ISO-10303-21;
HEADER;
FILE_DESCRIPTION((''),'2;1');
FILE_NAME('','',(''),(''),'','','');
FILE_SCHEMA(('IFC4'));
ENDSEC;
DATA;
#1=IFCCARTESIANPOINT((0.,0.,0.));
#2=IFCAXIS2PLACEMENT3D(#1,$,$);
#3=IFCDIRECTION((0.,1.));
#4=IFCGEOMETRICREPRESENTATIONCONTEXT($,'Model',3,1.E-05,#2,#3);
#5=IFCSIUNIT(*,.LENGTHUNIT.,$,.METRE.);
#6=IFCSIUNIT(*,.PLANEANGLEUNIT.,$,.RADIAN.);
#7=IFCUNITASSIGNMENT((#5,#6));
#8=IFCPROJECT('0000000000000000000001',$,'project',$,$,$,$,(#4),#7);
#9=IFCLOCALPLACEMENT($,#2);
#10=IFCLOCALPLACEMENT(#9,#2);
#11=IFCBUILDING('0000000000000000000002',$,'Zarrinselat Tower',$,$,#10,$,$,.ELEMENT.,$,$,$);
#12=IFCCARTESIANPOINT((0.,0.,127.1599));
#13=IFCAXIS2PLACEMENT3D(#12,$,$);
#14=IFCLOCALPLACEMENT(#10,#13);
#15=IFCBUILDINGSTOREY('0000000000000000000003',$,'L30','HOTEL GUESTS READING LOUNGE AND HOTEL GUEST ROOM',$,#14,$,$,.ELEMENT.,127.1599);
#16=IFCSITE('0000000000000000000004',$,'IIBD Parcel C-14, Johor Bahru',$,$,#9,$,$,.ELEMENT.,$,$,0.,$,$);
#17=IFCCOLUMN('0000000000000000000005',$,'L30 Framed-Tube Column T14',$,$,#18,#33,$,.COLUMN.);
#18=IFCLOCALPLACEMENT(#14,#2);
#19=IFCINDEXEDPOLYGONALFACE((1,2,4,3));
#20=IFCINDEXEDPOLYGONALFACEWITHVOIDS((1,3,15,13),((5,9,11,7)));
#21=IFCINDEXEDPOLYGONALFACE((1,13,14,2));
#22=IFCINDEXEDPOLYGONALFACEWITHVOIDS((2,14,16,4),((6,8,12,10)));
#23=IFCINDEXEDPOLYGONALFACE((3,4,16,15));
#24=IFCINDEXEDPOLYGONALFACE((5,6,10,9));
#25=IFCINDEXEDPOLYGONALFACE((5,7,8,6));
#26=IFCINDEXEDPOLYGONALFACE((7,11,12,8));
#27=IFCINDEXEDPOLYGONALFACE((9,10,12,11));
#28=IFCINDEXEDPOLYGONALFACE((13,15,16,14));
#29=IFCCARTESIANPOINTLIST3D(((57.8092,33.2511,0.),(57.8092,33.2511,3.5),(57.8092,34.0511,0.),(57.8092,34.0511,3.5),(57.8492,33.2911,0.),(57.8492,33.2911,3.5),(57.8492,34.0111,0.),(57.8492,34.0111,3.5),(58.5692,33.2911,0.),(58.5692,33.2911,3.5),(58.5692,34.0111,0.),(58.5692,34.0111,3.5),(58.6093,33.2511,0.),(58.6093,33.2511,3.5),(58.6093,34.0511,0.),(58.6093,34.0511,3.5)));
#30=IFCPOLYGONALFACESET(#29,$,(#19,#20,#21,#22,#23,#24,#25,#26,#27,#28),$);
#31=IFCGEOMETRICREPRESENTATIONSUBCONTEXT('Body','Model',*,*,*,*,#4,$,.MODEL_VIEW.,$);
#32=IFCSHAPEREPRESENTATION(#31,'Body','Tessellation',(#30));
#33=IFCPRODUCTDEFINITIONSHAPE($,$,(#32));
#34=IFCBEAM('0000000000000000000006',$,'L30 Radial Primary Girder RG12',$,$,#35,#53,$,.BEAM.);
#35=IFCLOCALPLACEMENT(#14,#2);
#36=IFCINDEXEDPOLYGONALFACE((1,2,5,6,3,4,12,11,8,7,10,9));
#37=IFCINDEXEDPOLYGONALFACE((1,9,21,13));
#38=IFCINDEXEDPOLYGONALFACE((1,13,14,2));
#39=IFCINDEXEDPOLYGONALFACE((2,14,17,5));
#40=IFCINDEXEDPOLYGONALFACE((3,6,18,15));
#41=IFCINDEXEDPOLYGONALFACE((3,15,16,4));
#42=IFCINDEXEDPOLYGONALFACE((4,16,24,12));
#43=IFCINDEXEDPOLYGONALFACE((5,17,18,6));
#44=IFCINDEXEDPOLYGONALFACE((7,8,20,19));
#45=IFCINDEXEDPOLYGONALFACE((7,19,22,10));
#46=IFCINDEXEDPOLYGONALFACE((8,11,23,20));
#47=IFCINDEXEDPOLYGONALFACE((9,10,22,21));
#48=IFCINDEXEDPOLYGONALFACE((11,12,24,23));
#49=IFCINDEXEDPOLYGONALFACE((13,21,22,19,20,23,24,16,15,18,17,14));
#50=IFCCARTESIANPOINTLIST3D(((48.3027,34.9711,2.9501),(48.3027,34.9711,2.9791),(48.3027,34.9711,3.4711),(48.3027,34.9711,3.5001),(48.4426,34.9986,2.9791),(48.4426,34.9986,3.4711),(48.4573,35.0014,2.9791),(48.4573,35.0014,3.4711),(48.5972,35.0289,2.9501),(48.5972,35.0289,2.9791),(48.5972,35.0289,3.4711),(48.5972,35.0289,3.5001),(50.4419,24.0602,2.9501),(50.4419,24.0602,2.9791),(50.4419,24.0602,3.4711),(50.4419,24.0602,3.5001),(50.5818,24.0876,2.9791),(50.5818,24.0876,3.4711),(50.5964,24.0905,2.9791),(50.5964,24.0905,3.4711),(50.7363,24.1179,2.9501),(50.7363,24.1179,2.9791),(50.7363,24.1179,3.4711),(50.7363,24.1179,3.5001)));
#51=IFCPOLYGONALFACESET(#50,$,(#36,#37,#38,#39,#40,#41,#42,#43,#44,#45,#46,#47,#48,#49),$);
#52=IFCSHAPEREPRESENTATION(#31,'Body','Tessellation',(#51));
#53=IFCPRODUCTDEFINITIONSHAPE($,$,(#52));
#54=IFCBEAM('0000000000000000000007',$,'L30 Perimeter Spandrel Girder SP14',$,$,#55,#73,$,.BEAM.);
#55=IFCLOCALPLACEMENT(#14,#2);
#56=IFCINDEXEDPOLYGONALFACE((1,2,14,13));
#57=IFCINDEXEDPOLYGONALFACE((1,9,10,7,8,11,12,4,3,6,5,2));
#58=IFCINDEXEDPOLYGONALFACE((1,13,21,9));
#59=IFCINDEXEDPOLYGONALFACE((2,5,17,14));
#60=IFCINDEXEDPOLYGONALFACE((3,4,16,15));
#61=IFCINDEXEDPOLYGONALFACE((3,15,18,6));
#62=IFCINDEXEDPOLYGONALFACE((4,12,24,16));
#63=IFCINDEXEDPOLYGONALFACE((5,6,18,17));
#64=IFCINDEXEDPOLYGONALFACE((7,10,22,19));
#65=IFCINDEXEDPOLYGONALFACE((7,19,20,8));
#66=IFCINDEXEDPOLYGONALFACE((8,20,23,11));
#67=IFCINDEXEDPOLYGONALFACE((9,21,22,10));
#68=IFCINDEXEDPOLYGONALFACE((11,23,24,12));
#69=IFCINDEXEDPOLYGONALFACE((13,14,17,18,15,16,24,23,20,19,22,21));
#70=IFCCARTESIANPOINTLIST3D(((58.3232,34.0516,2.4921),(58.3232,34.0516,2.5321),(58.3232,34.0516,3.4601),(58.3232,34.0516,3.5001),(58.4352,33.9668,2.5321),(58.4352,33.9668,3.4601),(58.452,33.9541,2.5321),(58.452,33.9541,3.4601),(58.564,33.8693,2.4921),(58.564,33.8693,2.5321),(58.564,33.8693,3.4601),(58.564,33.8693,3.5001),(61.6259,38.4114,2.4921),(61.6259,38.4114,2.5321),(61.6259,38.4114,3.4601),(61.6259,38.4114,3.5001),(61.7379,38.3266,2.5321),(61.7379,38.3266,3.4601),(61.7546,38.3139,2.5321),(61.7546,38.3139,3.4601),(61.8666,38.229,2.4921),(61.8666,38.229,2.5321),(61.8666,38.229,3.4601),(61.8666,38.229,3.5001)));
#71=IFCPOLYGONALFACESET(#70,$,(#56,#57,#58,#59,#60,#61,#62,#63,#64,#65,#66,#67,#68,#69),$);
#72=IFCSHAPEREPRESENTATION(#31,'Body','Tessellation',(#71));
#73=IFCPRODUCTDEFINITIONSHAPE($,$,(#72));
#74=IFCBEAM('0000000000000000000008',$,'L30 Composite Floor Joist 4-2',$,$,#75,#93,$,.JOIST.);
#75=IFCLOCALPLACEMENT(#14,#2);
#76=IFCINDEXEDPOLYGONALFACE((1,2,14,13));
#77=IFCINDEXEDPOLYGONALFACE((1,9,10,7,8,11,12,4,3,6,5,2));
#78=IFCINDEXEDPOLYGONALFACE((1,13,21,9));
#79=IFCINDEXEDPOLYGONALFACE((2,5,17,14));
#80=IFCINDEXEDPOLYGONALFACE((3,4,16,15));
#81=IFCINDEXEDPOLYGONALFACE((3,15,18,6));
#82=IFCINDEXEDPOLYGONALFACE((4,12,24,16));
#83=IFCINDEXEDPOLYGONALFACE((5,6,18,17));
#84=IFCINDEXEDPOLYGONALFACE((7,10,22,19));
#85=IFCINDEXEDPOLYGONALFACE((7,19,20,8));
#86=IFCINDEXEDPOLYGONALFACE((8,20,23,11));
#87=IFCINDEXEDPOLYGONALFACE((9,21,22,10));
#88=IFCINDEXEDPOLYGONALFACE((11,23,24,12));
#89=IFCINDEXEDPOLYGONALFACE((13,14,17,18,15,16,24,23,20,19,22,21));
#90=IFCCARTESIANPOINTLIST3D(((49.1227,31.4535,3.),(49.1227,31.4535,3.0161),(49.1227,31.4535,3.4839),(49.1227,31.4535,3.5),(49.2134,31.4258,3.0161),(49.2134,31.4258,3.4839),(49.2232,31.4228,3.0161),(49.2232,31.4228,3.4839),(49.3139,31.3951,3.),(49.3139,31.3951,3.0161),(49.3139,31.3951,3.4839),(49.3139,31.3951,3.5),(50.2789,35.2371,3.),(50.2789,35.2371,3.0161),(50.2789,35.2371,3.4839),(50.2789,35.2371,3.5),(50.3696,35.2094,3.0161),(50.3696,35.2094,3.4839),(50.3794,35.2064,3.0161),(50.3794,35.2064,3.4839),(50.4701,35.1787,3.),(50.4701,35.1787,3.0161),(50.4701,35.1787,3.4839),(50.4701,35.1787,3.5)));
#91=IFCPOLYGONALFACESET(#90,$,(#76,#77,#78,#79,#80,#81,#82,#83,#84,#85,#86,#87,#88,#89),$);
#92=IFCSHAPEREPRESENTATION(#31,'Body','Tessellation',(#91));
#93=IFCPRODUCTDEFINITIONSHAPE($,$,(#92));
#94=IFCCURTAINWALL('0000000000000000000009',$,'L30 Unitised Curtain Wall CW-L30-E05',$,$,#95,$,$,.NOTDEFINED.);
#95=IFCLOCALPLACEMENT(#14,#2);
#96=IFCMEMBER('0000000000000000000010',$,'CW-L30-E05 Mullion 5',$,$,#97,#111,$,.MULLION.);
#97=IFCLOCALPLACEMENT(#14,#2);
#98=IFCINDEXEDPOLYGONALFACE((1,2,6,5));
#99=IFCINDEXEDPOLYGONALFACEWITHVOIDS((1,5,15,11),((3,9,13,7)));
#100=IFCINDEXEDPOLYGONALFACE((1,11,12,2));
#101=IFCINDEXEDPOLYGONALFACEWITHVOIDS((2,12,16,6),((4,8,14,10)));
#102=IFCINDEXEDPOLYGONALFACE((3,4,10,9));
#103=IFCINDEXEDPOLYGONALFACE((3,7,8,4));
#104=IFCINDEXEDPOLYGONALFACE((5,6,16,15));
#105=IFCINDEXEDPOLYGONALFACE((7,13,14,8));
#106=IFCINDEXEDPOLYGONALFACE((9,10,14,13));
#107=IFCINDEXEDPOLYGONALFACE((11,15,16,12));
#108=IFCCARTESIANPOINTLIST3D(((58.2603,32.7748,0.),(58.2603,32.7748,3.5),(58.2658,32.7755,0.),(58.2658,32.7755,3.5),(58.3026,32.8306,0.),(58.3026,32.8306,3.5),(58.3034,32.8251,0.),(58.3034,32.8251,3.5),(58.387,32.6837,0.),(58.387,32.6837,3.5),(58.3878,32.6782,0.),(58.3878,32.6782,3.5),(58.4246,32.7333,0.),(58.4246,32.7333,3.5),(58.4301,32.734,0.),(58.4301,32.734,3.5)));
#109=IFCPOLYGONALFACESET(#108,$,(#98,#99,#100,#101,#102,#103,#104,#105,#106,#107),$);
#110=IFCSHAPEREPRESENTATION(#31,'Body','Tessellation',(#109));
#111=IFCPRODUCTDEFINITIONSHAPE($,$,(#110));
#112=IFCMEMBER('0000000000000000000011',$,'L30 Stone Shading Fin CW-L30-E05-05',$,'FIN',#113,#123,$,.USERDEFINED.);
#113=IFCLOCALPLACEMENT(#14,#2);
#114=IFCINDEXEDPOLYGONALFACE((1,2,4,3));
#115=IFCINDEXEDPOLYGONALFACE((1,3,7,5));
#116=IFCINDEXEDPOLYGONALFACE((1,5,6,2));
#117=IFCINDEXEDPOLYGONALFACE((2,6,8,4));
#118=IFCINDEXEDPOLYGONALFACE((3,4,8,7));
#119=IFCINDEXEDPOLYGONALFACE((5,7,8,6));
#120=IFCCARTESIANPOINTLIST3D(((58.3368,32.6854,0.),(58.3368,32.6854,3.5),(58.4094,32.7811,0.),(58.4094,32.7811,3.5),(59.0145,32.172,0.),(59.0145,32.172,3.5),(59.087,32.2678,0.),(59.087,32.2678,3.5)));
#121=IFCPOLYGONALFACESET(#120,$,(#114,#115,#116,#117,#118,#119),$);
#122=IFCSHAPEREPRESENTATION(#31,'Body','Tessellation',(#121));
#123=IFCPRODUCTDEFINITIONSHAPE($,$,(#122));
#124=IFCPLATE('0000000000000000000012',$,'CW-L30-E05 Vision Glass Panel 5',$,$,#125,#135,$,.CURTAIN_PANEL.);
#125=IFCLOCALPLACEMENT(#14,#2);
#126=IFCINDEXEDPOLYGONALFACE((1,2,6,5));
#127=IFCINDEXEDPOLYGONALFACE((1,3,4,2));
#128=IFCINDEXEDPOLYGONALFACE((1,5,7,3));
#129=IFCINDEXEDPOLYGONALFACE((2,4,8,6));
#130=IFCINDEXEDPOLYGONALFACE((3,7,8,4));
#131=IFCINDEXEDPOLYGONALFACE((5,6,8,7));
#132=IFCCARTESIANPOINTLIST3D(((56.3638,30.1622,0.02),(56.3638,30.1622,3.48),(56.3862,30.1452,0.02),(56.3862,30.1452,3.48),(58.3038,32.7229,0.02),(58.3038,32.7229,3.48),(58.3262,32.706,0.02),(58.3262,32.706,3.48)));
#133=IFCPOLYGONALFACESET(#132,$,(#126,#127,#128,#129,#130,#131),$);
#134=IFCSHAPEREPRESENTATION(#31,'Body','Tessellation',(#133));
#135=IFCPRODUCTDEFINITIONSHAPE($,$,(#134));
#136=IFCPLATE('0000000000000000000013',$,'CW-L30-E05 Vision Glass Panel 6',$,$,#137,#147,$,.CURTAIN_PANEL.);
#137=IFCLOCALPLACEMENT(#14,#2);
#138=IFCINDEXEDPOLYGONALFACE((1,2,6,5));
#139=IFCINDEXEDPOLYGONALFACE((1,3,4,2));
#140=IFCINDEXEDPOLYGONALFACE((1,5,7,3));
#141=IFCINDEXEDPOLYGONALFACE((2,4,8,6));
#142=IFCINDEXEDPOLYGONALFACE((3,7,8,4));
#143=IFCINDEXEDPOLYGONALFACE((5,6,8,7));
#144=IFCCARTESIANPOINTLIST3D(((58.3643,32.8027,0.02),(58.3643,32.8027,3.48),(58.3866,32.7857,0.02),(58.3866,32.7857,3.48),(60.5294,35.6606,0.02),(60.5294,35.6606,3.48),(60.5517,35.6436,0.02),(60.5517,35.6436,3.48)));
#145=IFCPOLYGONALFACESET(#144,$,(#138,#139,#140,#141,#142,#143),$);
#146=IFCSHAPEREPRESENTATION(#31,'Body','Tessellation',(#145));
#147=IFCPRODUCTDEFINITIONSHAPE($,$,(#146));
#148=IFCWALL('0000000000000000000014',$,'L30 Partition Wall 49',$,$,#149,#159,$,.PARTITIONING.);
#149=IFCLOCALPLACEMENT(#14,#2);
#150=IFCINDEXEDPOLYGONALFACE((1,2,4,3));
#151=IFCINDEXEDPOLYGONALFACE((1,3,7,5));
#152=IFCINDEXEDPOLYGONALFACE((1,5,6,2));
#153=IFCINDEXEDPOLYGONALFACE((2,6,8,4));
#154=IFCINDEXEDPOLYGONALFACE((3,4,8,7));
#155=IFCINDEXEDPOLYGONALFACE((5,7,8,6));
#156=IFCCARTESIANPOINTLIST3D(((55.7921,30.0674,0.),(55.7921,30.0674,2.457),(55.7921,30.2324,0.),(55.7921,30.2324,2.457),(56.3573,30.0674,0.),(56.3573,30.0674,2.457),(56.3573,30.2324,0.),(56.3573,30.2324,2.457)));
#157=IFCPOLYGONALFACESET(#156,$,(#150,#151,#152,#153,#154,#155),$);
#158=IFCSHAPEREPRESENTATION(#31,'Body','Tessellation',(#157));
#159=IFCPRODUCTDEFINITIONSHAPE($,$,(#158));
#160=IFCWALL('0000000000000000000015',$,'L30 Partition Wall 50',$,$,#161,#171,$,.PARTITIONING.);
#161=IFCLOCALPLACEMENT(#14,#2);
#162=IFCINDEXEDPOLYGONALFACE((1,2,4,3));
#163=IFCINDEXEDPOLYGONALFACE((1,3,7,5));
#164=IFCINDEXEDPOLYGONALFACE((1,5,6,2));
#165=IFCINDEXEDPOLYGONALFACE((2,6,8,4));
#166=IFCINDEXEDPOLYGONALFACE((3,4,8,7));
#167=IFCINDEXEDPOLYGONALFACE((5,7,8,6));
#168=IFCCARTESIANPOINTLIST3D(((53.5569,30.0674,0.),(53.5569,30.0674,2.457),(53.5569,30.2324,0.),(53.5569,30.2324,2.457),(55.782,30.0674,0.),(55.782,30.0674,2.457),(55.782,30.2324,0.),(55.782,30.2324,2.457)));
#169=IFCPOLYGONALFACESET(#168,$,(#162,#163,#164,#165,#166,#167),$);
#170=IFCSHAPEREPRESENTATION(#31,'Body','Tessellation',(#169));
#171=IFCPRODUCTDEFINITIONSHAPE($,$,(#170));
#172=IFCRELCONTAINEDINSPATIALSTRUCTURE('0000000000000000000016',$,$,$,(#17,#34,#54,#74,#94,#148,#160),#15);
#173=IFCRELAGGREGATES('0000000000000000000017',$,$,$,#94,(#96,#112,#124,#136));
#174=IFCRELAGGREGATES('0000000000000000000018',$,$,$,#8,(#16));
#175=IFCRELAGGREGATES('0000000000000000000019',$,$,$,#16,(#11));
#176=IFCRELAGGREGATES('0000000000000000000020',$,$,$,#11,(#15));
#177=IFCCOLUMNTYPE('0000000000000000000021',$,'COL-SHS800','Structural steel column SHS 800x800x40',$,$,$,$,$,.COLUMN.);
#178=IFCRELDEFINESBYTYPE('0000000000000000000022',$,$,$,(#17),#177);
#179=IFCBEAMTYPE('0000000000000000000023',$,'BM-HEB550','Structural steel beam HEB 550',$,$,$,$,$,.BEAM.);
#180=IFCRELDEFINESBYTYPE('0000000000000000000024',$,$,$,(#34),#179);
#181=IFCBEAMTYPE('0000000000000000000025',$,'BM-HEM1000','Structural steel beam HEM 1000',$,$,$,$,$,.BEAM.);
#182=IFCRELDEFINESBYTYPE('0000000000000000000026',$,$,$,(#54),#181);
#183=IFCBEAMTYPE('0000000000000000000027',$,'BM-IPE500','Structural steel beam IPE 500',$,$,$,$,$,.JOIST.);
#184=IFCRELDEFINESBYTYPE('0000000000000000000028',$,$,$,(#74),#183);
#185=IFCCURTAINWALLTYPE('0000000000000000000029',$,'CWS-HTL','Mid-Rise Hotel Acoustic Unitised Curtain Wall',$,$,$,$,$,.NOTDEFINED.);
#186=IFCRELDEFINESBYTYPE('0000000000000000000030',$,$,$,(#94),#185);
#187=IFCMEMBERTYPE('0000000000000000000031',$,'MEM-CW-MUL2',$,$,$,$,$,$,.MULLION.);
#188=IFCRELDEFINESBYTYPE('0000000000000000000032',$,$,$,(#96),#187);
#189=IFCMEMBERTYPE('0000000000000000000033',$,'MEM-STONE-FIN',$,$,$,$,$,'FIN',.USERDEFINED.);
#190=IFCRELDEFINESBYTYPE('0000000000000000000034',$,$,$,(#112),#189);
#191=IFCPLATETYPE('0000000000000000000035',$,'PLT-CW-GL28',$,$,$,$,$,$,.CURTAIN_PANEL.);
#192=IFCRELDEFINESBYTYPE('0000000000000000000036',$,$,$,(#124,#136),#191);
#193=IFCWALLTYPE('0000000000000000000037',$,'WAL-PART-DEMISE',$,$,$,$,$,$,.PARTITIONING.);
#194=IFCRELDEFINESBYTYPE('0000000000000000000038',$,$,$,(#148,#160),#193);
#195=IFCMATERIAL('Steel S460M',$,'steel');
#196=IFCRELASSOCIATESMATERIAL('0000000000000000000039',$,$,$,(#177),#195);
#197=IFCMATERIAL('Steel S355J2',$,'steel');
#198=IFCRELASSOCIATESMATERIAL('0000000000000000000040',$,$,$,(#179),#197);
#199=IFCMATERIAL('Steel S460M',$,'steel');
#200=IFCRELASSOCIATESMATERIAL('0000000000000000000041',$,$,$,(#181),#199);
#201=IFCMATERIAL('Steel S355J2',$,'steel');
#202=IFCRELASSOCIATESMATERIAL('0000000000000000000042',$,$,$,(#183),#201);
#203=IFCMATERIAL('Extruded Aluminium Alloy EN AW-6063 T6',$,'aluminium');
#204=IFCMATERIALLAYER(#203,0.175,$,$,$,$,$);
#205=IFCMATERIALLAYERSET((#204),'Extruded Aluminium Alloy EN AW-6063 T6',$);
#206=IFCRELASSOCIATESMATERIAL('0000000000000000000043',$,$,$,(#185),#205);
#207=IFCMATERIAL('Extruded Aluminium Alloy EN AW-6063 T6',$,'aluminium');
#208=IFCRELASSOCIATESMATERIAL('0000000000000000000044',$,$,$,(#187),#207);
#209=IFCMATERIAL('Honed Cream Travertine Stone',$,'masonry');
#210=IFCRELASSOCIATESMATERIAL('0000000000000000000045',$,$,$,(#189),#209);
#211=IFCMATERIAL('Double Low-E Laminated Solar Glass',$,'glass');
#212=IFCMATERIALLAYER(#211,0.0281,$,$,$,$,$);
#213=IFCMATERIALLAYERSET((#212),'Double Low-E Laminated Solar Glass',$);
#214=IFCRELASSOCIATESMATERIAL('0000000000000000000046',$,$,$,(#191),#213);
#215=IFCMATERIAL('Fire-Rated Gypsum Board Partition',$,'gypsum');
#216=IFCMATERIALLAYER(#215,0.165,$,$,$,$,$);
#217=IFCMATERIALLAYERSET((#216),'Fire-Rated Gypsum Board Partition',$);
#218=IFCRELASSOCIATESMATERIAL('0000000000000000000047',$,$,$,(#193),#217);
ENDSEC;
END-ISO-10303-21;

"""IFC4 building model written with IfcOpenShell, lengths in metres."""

from ifc_helpers import new_model, si_unit, direction, frame, frame_2d, origin, origin_2d, place, context, subcontext, project, spatial, rectangle, hollow_rectangle, i_section, extrude, material, layer, layer_set, material_profile, profile_set, type_object, element, aggregate, save


model = new_model("IFC4")

# Units and contexts
model_context = context("Model", 3, precision=1e-05, world=origin(), true_north=direction((0.0, 1.0)))
body_context = subcontext(model_context, "Body", "Model", "MODEL_VIEW")
ifc_project = project(units=[si_unit("LENGTHUNIT", "METRE"), si_unit("PLANEANGLEUNIT", "RADIAN")], contexts=[model_context])

# Site, building, storey
site_placement = place(None, origin())
site = spatial("IfcSite", under=ifc_project, at=site_placement, Name="IIBD Parcel C-14, Johor Bahru", CompositionType="ELEMENT", RefElevation=0.0)
building_placement = place(site_placement, origin())
building = spatial("IfcBuilding", under=site, at=building_placement, Name="Zarrinselat Tower", CompositionType="ELEMENT")
storey_placement = place(building_placement, frame((0.0, 0.0, 127.1599)))
storey = spatial("IfcBuildingStorey", under=building, at=storey_placement, Name="L30", Description="HOTEL GUESTS READING LOUNGE AND HOTEL GUEST ROOM", CompositionType="ELEMENT", Elevation=127.1599)

# Column
ifc_material_1 = material(Name="Steel S460M", Category="steel")
ifc_material_profile_1 = material_profile(ifc_material_1, hollow_rectangle(XDim=0.8, YDim=0.8, WallThickness=0.04, at=origin_2d()), Name="SHS 800x800x40")
ifc_profile_set_1 = profile_set([ifc_material_profile_1], Name="Steel S460M")
column_type = type_object("IfcColumnType", Name="COL-SHS800", Description="Structural steel column SHS 800x800x40", PredefinedType="COLUMN", material=ifc_profile_set_1)
column_placement = place(storey_placement, frame((58.2092, 33.6511, 0.0), z_axis=(0.0, 0.0, 1.0), x_axis=(1.0, 0.0, 0.0)))
element("IfcColumn", 1, at=column_placement, inside=storey, type_object=column_type, Name="L30 Framed-Tube Column T14", PredefinedType="COLUMN", context=body_context, shape_type="SweptSolid", body=[
    extrude(hollow_rectangle(XDim=0.8, YDim=0.8, WallThickness=0.04, at=origin_2d()), origin(), (0.0, 0.0, 1.0), 3.5),
])

# Beams
ifc_material_2 = material(Name="Steel S355J2", Category="steel")
ifc_material_profile_2 = material_profile(ifc_material_2, i_section(OverallWidth=0.3, OverallDepth=0.55, WebThickness=0.0149, FlangeThickness=0.0291, at=origin_2d()), Name="HEB 550")
ifc_profile_set_2 = profile_set([ifc_material_profile_2], Name="Steel S355J2")
beam_type_1 = type_object("IfcBeamType", Name="BM-HEB550", Description="Structural steel beam HEB 550", PredefinedType="BEAM", material=ifc_profile_set_2)
beam_1_placement = place(storey_placement, frame((48.45, 35.0, 3.2251), z_axis=(0.192395, -0.981318, 0.0), x_axis=(0.981318, 0.192395, 0.0)))
element("IfcBeam", 2, at=beam_1_placement, inside=storey, type_object=beam_type_1, Name="L30 Radial Primary Girder RG12", PredefinedType="BEAM", context=body_context, shape_type="SweptSolid", body=[
    extrude(i_section(OverallWidth=0.3, OverallDepth=0.55, WebThickness=0.0149, FlangeThickness=0.0291, at=origin_2d()), origin(), (0.0, 0.0, 1.0), 11.1187),
])
ifc_material_3 = material(Name="Steel S460M", Category="steel")
ifc_material_profile_3 = material_profile(ifc_material_3, i_section(OverallWidth=0.302, OverallDepth=1.0081, WebThickness=0.021, FlangeThickness=0.04, at=origin_2d()), Name="HEM 1000")
ifc_profile_set_3 = profile_set([ifc_material_profile_3], Name="Steel S460M")
beam_type_2 = type_object("IfcBeamType", Name="BM-HEM1000", Description="Structural steel beam HEM 1000", PredefinedType="BEAM", material=ifc_profile_set_3)
beam_2_placement = place(storey_placement, frame((58.4436, 33.9604, 2.9961), z_axis=(0.603835, 0.797109, 0.0), x_axis=(-0.797109, 0.603835, 0.0)))
element("IfcBeam", 3, at=beam_2_placement, inside=storey, type_object=beam_type_2, Name="L30 Perimeter Spandrel Girder SP14", PredefinedType="BEAM", context=body_context, shape_type="SweptSolid", body=[
    extrude(i_section(OverallWidth=0.302, OverallDepth=1.0081, WebThickness=0.021, FlangeThickness=0.04, at=origin_2d()), origin(), (0.0, 0.0, 1.0), 5.4695),
])
ifc_material_4 = material(Name="Steel S355J2", Category="steel")
ifc_material_profile_4 = material_profile(ifc_material_4, i_section(OverallWidth=0.2, OverallDepth=0.5, WebThickness=0.0103, FlangeThickness=0.0161, at=origin_2d()), Name="IPE 500")
ifc_profile_set_4 = profile_set([ifc_material_profile_4], Name="Steel S355J2")
beam_type_3 = type_object("IfcBeamType", Name="BM-IPE500", Description="Structural steel beam IPE 500", PredefinedType="JOIST", material=ifc_profile_set_4)
beam_3_placement = place(storey_placement, frame((49.2183, 31.4243, 3.25), z_axis=(0.292247, 0.956343, 0.0), x_axis=(-0.956343, 0.292247, 0.0)))
element("IfcBeam", 4, at=beam_3_placement, inside=storey, type_object=beam_type_3, Name="L30 Composite Floor Joist 4-2", PredefinedType="JOIST", context=body_context, shape_type="SweptSolid", body=[
    extrude(i_section(OverallWidth=0.2, OverallDepth=0.5, WebThickness=0.0103, FlangeThickness=0.0161, at=origin_2d()), origin(), (0.0, 0.0, 1.0), 3.9563),
])

# Curtain wall, members, plates
ifc_material_5 = material(Name="Extruded Aluminium Alloy EN AW-6063 T6", Category="aluminium")
ifc_layer_1 = layer(ifc_material_5, 0.175)
ifc_layer_set_1 = layer_set([ifc_layer_1], Name="Extruded Aluminium Alloy EN AW-6063 T6")
curtain_wall_type = type_object("IfcCurtainWallType", Name="CWS-HTL", Description="Mid-Rise Hotel Acoustic Unitised Curtain Wall", PredefinedType="NOTDEFINED", material=ifc_layer_set_1)
curtain_wall_placement = place(storey_placement, origin())
curtain_wall = element("IfcCurtainWall", 5, at=curtain_wall_placement, inside=storey, type_object=curtain_wall_type, Name="L30 Unitised Curtain Wall CW-L30-E05", PredefinedType="NOTDEFINED")
ifc_material_6 = material(Name="Extruded Aluminium Alloy EN AW-6063 T6", Category="aluminium")
ifc_material_profile_5 = material_profile(ifc_material_6, hollow_rectangle(XDim=0.0701, YDim=0.1599, WallThickness=0.0039, at=origin_2d()), Name="RHS 160x70x4")
ifc_profile_set_5 = profile_set([ifc_material_profile_5], Name="Extruded Aluminium Alloy EN AW-6063 T6")
member_type_1 = type_object("IfcMemberType", Name="MEM-CW-MUL2", PredefinedType="MULLION", material=ifc_profile_set_5)
member_1_placement = place(storey_placement, frame((58.3452, 32.7544, 0.0), z_axis=(0.0, 0.0, 1.0), x_axis=(0.603858, 0.797092, 0.0)))
member_1 = element("IfcMember", 6, at=member_1_placement, type_object=member_type_1, Name="CW-L30-E05 Mullion 5", PredefinedType="MULLION", context=body_context, shape_type="SweptSolid", body=[
    extrude(hollow_rectangle(XDim=0.0701, YDim=0.1599, WallThickness=0.0039, at=origin_2d()), origin(), (0.0, 0.0, 1.0), 3.5),
])
ifc_material_7 = material(Name="Honed Cream Travertine Stone", Category="masonry")
ifc_material_profile_6 = material_profile(ifc_material_7, rectangle(XDim=0.1201, YDim=0.8501, at=origin_2d()), Name="FIN 850x120")
ifc_profile_set_6 = profile_set([ifc_material_profile_6], Name="Honed Cream Travertine Stone")
member_type_2 = type_object("IfcMemberType", Name="MEM-STONE-FIN", ElementType="FIN", PredefinedType="USERDEFINED", material=ifc_profile_set_6)
member_2_placement = place(storey_placement, frame((58.7119, 32.4766, 0.0), z_axis=(0.0, 0.0, 1.0), x_axis=(-0.603858, -0.797092, 0.0)))
member_2 = element("IfcMember", 7, at=member_2_placement, type_object=member_type_2, Name="L30 Stone Shading Fin CW-L30-E05-05", ObjectType="FIN", PredefinedType="USERDEFINED", context=body_context, shape_type="SweptSolid", body=[
    extrude(rectangle(XDim=0.1201, YDim=0.8501, at=origin_2d()), origin(), (0.0, 0.0, 1.0), 3.5),
])
ifc_material_8 = material(Name="Double Low-E Laminated Solar Glass", Category="glass")
ifc_layer_2 = layer(ifc_material_8, 0.0281)
ifc_layer_set_2 = layer_set([ifc_layer_2], Name="Double Low-E Laminated Solar Glass")
plate_type = type_object("IfcPlateType", Name="PLT-CW-GL28", PredefinedType="CURTAIN_PANEL", material=ifc_layer_set_2)
plate_1_placement = place(storey_placement, frame((57.345, 31.4341, 0.02), z_axis=(0.0, 0.0, 1.0), x_axis=(0.603858, 0.797092, 0.0)))
plate_1 = element("IfcPlate", 8, at=plate_1_placement, type_object=plate_type, Name="CW-L30-E05 Vision Glass Panel 5", PredefinedType="CURTAIN_PANEL", context=body_context, shape_type="SweptSolid", body=[
    extrude(rectangle(XDim=3.2126, YDim=0.0281, at=origin_2d()), origin(), (0.0, 0.0, 1.0), 3.46),
])
plate_2_placement = place(storey_placement, frame((59.458, 34.2231, 0.02), z_axis=(0.0, 0.0, 1.0), x_axis=(0.603858, 0.797092, 0.0)))
plate_2 = element("IfcPlate", 9, at=plate_2_placement, type_object=plate_type, Name="CW-L30-E05 Vision Glass Panel 6", PredefinedType="CURTAIN_PANEL", context=body_context, shape_type="SweptSolid", body=[
    extrude(rectangle(XDim=3.5854, YDim=0.0281, at=origin_2d()), origin(), (0.0, 0.0, 1.0), 3.46),
])
aggregate(curtain_wall, [member_1, member_2, plate_1, plate_2])

# Walls
ifc_material_9 = material(Name="Fire-Rated Gypsum Board Partition", Category="gypsum")
ifc_layer_3 = layer(ifc_material_9, 0.165)
ifc_layer_set_3 = layer_set([ifc_layer_3], Name="Fire-Rated Gypsum Board Partition")
wall_type_1 = type_object("IfcWallType", Name="WAL-PART-DEMISE", PredefinedType="PARTITIONING", material=ifc_layer_set_3)
wall_1_placement = place(storey_placement, frame((55.792, 30.1499, 0.0), z_axis=(0.0, 0.0, 1.0), x_axis=(1.0, 0.0, 0.0)))
element("IfcWall", 10, at=wall_1_placement, inside=storey, type_object=wall_type_1, Name="L30 Partition Wall 49", PredefinedType="PARTITIONING", context=body_context, shape_type="SweptSolid", body=[
    extrude(rectangle(XDim=0.5652, YDim=0.165, at=frame_2d((0.2827, 0.0))), origin(), (0.0, 0.0, 1.0), 2.457),
])
wall_2_placement = place(storey_placement, frame((53.5569, 30.1499, 0.0), z_axis=(0.0, 0.0, 1.0), x_axis=(1.0, 0.0, 0.0)))
element("IfcWall", 11, at=wall_2_placement, inside=storey, type_object=wall_type_1, Name="L30 Partition Wall 50", PredefinedType="PARTITIONING", context=body_context, shape_type="SweptSolid", body=[
    extrude(rectangle(XDim=2.2251, YDim=0.165, at=frame_2d((1.1125, 0.0))), origin(), (0.0, 0.0, 1.0), 2.457),
])

save(model, "model.ifc")
